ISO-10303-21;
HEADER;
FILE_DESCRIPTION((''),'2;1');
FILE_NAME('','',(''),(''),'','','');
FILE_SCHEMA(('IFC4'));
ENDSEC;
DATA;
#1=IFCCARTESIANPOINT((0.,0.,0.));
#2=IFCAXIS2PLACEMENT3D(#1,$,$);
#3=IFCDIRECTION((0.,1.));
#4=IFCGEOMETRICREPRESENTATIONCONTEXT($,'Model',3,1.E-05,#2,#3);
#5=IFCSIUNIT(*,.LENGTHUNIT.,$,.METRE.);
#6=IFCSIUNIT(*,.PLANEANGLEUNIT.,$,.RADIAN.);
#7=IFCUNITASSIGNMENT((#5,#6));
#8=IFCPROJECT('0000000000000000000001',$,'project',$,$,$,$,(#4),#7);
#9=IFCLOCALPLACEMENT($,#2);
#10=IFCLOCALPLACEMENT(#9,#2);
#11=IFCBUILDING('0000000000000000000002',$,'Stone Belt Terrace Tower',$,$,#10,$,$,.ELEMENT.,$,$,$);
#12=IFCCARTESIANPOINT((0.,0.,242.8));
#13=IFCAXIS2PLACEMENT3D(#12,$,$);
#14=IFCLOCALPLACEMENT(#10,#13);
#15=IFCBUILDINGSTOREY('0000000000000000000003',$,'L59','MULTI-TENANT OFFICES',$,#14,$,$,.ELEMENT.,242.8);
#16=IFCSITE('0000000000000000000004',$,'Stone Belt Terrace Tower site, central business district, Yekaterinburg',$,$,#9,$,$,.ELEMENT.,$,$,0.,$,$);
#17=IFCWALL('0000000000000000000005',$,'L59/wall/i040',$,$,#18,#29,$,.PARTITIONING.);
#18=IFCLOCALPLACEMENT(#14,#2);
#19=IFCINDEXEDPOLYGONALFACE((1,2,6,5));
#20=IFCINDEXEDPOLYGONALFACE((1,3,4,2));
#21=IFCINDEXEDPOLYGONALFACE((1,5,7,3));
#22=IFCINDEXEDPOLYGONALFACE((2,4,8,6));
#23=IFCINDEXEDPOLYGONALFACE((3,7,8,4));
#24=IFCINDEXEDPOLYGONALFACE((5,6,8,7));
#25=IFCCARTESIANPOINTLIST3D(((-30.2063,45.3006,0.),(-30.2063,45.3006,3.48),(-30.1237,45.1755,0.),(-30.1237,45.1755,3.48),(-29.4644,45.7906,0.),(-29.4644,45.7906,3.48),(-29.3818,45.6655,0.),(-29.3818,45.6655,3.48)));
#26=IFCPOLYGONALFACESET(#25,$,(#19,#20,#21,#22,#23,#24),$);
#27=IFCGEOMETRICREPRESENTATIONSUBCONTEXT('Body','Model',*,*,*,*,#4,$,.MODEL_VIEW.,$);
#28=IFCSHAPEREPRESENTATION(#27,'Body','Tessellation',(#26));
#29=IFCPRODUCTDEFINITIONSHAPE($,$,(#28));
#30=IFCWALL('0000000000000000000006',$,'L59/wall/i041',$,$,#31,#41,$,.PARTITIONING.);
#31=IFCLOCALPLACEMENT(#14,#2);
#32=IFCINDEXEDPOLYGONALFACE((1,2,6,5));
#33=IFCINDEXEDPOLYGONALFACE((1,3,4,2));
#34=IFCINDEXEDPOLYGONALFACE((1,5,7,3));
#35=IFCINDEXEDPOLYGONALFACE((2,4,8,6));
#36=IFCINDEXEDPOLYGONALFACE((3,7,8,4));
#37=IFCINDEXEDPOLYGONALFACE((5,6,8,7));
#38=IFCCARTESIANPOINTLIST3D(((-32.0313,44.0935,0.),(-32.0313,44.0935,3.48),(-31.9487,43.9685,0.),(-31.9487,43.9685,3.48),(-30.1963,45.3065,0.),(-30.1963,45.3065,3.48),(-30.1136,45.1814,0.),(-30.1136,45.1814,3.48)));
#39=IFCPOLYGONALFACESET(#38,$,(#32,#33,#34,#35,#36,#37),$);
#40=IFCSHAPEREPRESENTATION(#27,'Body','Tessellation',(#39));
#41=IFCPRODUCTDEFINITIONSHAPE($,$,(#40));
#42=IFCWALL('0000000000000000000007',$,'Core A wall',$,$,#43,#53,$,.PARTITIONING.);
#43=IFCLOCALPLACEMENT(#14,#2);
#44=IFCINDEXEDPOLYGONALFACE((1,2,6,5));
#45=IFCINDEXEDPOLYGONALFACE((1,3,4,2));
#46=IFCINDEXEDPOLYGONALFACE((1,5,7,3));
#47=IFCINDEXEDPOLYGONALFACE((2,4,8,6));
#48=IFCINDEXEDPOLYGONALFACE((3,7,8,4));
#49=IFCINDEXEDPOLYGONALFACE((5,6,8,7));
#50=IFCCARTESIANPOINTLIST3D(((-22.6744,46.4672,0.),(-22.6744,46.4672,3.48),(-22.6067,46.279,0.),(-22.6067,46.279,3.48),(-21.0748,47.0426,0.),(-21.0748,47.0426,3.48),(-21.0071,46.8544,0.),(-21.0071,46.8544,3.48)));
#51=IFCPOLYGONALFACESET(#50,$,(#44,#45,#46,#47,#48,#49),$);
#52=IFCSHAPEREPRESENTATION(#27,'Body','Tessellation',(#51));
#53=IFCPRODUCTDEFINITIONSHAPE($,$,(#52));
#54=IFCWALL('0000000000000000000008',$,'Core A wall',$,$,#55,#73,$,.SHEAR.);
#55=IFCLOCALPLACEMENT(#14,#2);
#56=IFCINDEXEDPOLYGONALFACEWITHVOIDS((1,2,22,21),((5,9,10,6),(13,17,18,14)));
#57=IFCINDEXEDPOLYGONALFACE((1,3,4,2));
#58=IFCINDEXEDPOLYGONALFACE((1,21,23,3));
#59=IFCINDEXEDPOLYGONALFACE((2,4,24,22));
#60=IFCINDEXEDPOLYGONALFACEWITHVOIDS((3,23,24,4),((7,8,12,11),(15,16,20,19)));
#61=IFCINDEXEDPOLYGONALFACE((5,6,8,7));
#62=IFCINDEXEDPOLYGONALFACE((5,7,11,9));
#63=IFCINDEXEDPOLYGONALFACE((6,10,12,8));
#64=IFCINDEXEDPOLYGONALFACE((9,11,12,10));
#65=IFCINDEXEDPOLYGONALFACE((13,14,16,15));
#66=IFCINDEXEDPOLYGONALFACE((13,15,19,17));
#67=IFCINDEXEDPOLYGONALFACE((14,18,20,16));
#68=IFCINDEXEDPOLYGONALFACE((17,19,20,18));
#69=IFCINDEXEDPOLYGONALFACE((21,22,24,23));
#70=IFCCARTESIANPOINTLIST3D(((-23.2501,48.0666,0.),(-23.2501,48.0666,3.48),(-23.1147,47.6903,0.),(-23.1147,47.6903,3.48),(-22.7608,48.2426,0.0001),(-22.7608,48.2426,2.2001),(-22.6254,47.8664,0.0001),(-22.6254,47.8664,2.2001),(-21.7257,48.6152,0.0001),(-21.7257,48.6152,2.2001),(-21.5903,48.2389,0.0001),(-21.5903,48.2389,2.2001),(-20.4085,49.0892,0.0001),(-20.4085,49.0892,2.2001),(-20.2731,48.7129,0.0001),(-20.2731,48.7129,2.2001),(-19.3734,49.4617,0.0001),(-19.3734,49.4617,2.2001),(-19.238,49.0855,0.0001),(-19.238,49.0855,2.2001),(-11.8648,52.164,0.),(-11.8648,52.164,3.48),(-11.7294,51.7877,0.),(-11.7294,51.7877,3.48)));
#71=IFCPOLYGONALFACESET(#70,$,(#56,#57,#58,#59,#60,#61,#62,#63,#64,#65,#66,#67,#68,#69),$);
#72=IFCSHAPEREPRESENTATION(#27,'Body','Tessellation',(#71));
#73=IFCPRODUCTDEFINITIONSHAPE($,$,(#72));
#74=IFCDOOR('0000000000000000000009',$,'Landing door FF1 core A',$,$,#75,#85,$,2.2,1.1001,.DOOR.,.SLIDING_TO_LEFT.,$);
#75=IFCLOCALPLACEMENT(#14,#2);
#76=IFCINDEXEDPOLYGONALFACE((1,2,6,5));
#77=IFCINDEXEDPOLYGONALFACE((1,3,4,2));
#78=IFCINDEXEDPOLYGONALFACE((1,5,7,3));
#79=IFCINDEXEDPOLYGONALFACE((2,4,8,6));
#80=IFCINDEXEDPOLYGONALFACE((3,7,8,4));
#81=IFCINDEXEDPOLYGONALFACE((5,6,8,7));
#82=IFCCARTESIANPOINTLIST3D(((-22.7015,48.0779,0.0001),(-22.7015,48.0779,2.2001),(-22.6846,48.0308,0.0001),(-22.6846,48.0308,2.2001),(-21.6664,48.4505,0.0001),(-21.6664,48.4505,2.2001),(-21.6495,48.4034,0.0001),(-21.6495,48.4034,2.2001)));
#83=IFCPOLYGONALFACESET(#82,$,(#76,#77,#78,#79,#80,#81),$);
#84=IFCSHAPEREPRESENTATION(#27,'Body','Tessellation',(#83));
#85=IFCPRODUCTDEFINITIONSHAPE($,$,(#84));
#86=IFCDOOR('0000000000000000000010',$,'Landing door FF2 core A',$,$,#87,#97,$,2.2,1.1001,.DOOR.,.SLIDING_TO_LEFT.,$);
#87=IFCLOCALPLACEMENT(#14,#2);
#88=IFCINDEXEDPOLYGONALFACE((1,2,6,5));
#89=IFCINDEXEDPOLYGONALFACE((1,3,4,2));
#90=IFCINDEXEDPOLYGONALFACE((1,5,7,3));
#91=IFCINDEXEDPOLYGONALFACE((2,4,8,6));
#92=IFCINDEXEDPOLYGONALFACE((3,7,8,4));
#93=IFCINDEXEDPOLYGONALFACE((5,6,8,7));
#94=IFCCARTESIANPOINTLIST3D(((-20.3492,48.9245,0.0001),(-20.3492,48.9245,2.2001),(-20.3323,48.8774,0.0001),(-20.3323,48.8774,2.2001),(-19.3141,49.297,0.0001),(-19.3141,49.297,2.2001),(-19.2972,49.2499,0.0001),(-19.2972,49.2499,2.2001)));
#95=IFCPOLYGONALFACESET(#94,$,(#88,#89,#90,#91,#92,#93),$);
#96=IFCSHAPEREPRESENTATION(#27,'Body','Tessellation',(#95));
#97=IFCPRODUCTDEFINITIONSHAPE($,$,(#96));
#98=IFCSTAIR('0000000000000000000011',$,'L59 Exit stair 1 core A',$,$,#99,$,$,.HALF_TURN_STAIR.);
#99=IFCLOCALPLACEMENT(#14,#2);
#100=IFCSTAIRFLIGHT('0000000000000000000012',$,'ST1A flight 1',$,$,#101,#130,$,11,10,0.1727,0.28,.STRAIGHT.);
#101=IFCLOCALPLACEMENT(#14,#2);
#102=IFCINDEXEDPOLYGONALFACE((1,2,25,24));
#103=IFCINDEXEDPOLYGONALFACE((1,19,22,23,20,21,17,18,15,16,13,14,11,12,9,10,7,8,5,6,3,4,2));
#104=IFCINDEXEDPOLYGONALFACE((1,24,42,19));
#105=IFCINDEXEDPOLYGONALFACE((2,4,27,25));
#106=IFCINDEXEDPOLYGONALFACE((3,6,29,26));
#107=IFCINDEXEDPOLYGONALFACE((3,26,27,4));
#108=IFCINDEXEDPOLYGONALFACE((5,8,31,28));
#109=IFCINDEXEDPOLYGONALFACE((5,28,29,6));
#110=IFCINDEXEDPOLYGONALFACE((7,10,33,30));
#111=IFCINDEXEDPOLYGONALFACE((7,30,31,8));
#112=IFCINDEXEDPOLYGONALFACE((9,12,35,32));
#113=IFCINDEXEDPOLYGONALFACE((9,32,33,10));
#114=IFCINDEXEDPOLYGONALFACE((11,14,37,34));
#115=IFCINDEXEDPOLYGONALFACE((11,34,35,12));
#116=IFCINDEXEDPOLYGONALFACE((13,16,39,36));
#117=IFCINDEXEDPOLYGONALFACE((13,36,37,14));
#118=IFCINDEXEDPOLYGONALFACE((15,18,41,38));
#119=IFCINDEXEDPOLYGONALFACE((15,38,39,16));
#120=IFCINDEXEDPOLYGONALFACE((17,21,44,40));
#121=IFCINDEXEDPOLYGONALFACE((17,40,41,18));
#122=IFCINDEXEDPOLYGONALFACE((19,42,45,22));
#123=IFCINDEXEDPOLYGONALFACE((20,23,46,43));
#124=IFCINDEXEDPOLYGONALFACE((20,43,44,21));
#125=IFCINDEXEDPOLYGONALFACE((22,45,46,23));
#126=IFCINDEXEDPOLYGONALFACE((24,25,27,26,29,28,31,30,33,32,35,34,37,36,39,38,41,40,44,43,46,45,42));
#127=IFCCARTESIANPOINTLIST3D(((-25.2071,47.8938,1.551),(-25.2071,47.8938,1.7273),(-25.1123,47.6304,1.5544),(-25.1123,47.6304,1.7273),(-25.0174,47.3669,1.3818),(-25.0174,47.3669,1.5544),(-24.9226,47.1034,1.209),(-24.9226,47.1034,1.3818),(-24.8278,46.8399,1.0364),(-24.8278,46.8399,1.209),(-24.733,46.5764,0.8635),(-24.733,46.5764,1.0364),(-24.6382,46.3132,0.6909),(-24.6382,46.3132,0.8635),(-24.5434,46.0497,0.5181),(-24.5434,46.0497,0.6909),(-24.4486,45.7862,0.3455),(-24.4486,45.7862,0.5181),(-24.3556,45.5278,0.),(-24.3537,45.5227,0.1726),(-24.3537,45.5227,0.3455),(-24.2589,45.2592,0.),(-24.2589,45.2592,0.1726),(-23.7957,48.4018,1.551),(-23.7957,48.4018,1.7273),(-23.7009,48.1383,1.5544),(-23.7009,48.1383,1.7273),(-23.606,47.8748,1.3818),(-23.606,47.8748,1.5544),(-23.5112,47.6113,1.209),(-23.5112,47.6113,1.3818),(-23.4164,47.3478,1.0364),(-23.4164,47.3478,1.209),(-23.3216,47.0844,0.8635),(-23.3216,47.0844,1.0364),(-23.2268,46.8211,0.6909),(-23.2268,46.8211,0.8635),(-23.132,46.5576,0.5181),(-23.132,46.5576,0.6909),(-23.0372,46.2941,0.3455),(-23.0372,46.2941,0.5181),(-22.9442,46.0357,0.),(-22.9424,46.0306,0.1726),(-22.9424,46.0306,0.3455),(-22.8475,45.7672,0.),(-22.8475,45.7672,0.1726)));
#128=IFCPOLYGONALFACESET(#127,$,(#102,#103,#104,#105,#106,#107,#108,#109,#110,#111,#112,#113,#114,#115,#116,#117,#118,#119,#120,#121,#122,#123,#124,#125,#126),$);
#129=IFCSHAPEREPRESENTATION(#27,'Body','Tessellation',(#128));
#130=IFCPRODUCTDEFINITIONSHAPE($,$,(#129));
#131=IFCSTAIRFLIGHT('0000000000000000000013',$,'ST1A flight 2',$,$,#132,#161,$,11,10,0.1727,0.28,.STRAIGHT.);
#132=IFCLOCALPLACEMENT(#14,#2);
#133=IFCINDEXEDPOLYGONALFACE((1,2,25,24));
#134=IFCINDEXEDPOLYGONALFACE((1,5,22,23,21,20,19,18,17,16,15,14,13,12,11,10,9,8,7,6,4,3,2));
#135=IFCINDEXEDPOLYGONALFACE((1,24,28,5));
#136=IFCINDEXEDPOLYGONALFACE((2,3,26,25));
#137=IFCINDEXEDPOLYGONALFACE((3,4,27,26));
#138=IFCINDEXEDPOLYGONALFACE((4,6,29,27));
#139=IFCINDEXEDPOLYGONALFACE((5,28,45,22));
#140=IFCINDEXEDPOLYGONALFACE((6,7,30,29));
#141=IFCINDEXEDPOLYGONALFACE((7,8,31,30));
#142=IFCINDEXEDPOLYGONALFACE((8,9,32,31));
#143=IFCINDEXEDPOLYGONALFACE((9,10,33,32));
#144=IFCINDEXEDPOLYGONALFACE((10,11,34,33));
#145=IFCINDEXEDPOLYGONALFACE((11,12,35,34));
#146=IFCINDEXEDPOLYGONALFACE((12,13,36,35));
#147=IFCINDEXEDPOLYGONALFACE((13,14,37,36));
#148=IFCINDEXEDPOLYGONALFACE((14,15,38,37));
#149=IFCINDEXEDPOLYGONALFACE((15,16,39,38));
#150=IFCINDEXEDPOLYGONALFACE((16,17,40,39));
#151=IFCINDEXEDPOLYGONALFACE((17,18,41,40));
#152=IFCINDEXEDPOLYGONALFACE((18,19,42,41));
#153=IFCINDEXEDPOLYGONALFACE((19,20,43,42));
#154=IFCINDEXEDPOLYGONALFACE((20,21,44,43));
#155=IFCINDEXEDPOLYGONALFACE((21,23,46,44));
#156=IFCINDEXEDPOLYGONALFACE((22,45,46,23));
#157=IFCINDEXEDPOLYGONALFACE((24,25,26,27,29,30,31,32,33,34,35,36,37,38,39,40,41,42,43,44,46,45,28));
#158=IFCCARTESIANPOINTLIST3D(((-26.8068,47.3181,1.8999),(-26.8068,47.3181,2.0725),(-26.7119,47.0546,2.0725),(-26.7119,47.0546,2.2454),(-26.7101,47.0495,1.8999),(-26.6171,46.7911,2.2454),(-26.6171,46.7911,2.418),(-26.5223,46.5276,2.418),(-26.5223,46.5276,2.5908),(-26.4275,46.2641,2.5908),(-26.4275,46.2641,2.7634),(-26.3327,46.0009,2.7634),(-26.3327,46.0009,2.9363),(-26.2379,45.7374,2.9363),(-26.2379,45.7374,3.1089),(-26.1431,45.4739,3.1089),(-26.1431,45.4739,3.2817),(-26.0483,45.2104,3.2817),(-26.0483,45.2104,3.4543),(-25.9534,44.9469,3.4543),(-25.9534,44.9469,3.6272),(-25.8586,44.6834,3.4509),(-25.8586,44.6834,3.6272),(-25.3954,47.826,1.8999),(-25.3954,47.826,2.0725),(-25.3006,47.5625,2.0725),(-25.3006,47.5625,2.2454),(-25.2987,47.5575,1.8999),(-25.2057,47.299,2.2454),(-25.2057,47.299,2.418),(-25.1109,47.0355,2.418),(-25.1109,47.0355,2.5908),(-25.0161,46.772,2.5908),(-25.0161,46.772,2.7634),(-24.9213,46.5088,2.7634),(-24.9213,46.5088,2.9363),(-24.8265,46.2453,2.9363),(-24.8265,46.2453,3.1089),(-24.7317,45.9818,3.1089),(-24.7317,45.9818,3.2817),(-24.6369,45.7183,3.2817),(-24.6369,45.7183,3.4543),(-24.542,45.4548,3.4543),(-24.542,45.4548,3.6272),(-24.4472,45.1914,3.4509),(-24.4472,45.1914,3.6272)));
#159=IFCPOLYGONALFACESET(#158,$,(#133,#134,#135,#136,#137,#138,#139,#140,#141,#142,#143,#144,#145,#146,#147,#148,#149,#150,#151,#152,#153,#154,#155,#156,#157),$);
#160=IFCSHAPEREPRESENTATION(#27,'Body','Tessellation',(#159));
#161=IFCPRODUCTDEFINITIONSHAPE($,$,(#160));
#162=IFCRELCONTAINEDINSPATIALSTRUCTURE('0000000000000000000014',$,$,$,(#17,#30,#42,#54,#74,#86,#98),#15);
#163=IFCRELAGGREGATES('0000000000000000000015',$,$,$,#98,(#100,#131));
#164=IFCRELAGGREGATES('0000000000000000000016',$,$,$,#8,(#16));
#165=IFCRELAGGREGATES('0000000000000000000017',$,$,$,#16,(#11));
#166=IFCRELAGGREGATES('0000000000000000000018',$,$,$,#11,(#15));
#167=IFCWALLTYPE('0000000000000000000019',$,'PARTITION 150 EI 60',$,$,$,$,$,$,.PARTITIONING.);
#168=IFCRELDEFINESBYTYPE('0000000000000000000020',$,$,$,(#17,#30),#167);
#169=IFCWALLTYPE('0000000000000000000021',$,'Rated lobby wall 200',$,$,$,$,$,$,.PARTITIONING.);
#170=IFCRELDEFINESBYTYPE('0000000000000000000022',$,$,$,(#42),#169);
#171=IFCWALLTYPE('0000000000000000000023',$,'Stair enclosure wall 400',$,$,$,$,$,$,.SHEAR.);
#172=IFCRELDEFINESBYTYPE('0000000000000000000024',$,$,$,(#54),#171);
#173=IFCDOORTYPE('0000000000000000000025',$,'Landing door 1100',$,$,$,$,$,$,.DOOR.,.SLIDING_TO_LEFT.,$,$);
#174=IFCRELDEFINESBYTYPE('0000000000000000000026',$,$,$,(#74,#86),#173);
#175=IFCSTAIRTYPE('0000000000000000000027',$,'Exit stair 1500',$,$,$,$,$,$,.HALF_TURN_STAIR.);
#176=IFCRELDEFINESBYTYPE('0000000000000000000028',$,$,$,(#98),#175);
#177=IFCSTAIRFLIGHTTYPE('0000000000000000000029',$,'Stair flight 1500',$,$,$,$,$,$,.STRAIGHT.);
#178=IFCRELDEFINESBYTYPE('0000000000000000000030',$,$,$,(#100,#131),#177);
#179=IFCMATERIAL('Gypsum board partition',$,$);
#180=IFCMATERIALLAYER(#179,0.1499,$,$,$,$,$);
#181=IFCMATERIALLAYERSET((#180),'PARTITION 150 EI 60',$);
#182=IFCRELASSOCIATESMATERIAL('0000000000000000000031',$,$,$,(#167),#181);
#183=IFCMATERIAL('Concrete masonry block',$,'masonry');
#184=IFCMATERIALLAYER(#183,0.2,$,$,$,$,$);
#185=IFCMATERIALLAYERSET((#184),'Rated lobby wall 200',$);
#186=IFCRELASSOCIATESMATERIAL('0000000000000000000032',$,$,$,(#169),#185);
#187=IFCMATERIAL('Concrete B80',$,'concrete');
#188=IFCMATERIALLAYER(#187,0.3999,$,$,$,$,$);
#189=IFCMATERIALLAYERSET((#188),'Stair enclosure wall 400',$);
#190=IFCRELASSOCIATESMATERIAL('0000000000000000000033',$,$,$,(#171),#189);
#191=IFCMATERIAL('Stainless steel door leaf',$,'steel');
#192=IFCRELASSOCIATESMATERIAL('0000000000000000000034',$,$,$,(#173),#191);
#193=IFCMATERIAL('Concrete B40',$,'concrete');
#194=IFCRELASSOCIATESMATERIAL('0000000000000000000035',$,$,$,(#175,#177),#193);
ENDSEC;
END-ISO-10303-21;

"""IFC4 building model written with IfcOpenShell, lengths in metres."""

from ifc_helpers import new_model, si_unit, direction, frame, frame_2d, origin, place, context, subcontext, project, spatial, polyline, rectangle, outline, extrude, material, layer, layer_set, type_object, element, fill, aggregate, save


model = new_model("IFC4")

# Units and contexts
model_context = context("Model", 3, precision=1e-05, world=origin(), true_north=direction((0.0, 1.0)))
body_context = subcontext(model_context, "Body", "Model", "MODEL_VIEW")
ifc_project = project(units=[si_unit("LENGTHUNIT", "METRE"), si_unit("PLANEANGLEUNIT", "RADIAN")], contexts=[model_context])

# Site, building, storey
site_placement = place(None, origin())
site = spatial("IfcSite", under=ifc_project, at=site_placement, Name="Stone Belt Terrace Tower site, central business district, Yekaterinburg", CompositionType="ELEMENT", RefElevation=0.0)
building_placement = place(site_placement, origin())
building = spatial("IfcBuilding", under=site, at=building_placement, Name="Stone Belt Terrace Tower", CompositionType="ELEMENT")
storey_placement = place(building_placement, frame((0.0, 0.0, 242.8)))
storey = spatial("IfcBuildingStorey", under=building, at=storey_placement, Name="L59", Description="MULTI-TENANT OFFICES", CompositionType="ELEMENT", Elevation=242.8)

# Shared definitions
ifc_material_1 = material(Name="Gypsum board partition")

# Shared definitions
ifc_layer_1 = layer(ifc_material_1, 0.1499)
ifc_layer_set_1 = layer_set([ifc_layer_1], Name="PARTITION 150 EI 60")
wall_type_1 = type_object("IfcWallType", Name="PARTITION 150 EI 60", PredefinedType="PARTITIONING", material=ifc_layer_set_1)

# Walls
wall_1_placement = place(storey_placement, frame((-30.165, 45.238, 0.0), z_axis=(0.0, 0.0, 1.0), x_axis=(0.83445, 0.551083, 0.0)))
element("IfcWall", 1, at=wall_1_placement, inside=storey, type_object=wall_type_1, Name="L59/wall/i040", PredefinedType="PARTITIONING", context=body_context, shape_type="SweptSolid", body=[
    extrude(rectangle(XDim=0.8892, YDim=0.1499, at=frame_2d((0.4446, 0.0))), origin(), (0.0, 0.0, 1.0), 3.48),
])
wall_2_placement = place(storey_placement, frame((-31.99, 44.031, 0.0), z_axis=(0.0, 0.0, 1.0), x_axis=(0.83423, 0.551417, 0.0)))
element("IfcWall", 2, at=wall_2_placement, inside=storey, type_object=wall_type_1, Name="L59/wall/i041", PredefinedType="PARTITIONING", context=body_context, shape_type="SweptSolid", body=[
    extrude(rectangle(XDim=2.1997, YDim=0.1499, at=frame_2d((1.0999, 0.0))), origin(), (0.0, 0.0, 1.0), 3.48),
])
ifc_material_2 = material(Name="Concrete masonry block", Category="masonry")
ifc_layer_2 = layer(ifc_material_2, 0.2)
ifc_layer_set_2 = layer_set([ifc_layer_2], Name="Rated lobby wall 200")
wall_type_2 = type_object("IfcWallType", Name="Rated lobby wall 200", PredefinedType="PARTITIONING", material=ifc_layer_set_2)
wall_3_placement = place(storey_placement, frame((-22.6406, 46.373, 0.0), z_axis=(0.0, 0.0, 1.0), x_axis=(0.940966, 0.338501, 0.0)))
element("IfcWall", 3, at=wall_3_placement, inside=storey, type_object=wall_type_2, Name="Core A wall", PredefinedType="PARTITIONING", context=body_context, shape_type="SweptSolid", body=[
    extrude(rectangle(XDim=1.7, YDim=0.2, at=frame_2d((0.8501, 0.0))), origin(), (0.0, 0.0, 1.0), 3.48),
])

# Wall, openings, doors
ifc_material_3 = material(Name="Concrete B80", Category="concrete")
ifc_layer_3 = layer(ifc_material_3, 0.3999)
ifc_layer_set_3 = layer_set([ifc_layer_3], Name="Stair enclosure wall 400")
wall_type_3 = type_object("IfcWallType", Name="Stair enclosure wall 400", PredefinedType="SHEAR", material=ifc_layer_set_3)
wall_4_placement = place(storey_placement, frame((-23.1824, 47.8784, 0.0), z_axis=(0.0, 0.0, 1.0), x_axis=(0.940921, 0.338626, 0.0)))
wall_4 = element("IfcWall", 4, at=wall_4_placement, inside=storey, type_object=wall_type_3, Name="Core A wall", PredefinedType="SHEAR", context=body_context, shape_type="SweptSolid", body=[
    extrude(rectangle(XDim=12.1001, YDim=0.3999, at=frame_2d((6.05, 0.0))), origin(), (0.0, 0.0, 1.0), 3.48),
])
opening_1_placement = place(wall_4_placement, frame((0.52, 0.0, 0.0)))
opening_1 = element("IfcOpeningElement", 5, at=opening_1_placement, cuts=wall_4, PredefinedType="OPENING", context=body_context, shape_type="SweptSolid", body=[
    extrude(rectangle(XDim=1.1001, YDim=2.2, at=frame_2d((0.55, 1.1001))), frame((0.0, 0.21, 0.0), z_axis=(0.0, -1.0, 0.0), x_axis=(1.0, 0.0, 0.0)), (0.0, 0.0, 1.0), 0.4199),
])
opening_2_placement = place(wall_4_placement, frame((3.02, 0.0, 0.0)))
opening_2 = element("IfcOpeningElement", 6, at=opening_2_placement, cuts=wall_4, PredefinedType="OPENING", context=body_context, shape_type="SweptSolid", body=[
    extrude(rectangle(XDim=1.1001, YDim=2.2, at=frame_2d((0.55, 1.1001))), frame((0.0, 0.21, 0.0), z_axis=(0.0, -1.0, 0.0), x_axis=(1.0, 0.0, 0.0)), (0.0, 0.0, 1.0), 0.4199),
])
ifc_material_4 = material(Name="Stainless steel door leaf", Category="steel")
door_type_1 = type_object("IfcDoorType", Name="Landing door 1100", OperationType="SLIDING_TO_LEFT", PredefinedType="DOOR", material=ifc_material_4)
door_1_placement = place(opening_1_placement, origin())
door_1 = element("IfcDoor", 7, at=door_1_placement, inside=storey, type_object=door_type_1, Name="Landing door FF1 core A", OperationType="SLIDING_TO_LEFT", OverallHeight=2.2, OverallWidth=1.1001, PredefinedType="DOOR", context=body_context, shape_type="SweptSolid", body=[
    extrude(rectangle(XDim=1.1001, YDim=2.2, at=frame_2d((0.55, 1.1001))), frame((0.0, 0.0249, 0.0), z_axis=(0.0, -1.0, 0.0), x_axis=(1.0, 0.0, 0.0)), (0.0, 0.0, 1.0), 0.05),
])
fill(opening_1, door_1)
door_2_placement = place(opening_2_placement, origin())
door_2 = element("IfcDoor", 8, at=door_2_placement, inside=storey, type_object=door_type_1, Name="Landing door FF2 core A", OperationType="SLIDING_TO_LEFT", OverallHeight=2.2, OverallWidth=1.1001, PredefinedType="DOOR", context=body_context, shape_type="SweptSolid", body=[
    extrude(rectangle(XDim=1.1001, YDim=2.2, at=frame_2d((0.55, 1.1001))), frame((0.0, 0.0249, 0.0), z_axis=(0.0, -1.0, 0.0), x_axis=(1.0, 0.0, 0.0)), (0.0, 0.0, 1.0), 0.05),
])
fill(opening_2, door_2)

# Stair, stair flights
ifc_material_5 = material(Name="Concrete B40", Category="concrete")
stair_type = type_object("IfcStairType", Name="Exit stair 1500", PredefinedType="HALF_TURN_STAIR", material=ifc_material_5)
stair_placement = place(storey_placement, origin())
stair = element("IfcStair", 9, at=stair_placement, inside=storey, type_object=stair_type, Name="L59 Exit stair 1 core A", PredefinedType="HALF_TURN_STAIR")
stair_flight_type = type_object("IfcStairFlightType", Name="Stair flight 1500", PredefinedType="STRAIGHT", material=ifc_material_5)
stair_flight_1_placement = place(storey_placement, frame((-23.5532, 45.5132, 0.0), z_axis=(0.0, 0.0, 1.0), x_axis=(-0.338624, 0.940922, 0.0)))
stair_flight_1 = element("IfcStairFlight", 10, at=stair_flight_1_placement, type_object=stair_flight_type, Name="ST1A flight 1", NumberOfRisers=11, NumberOfTreads=10, PredefinedType="STRAIGHT", RiserHeight=0.1727, TreadLength=0.28, context=body_context, shape_type="SweptSolid", body=[
    extrude(outline(polyline([(0.0, 0.0), (0.0, 0.1726), (0.28, 0.1726), (0.28, 0.3455), (0.5601, 0.3455), (0.5601, 0.5181), (0.8401, 0.5181), (0.8401, 0.6909), (1.1201, 0.6909), (1.1201, 0.8635), (1.3999, 0.8635), (1.3999, 1.0364), (1.6799, 1.0364), (1.6799, 1.209), (1.96, 1.209), (1.96, 1.3818), (2.24, 1.3818), (2.24, 1.5544), (2.52, 1.5544), (2.52, 1.7273), (2.8, 1.7273), (2.8, 1.8999), (2.8, 1.551), (0.2854, 0.0), (0.0, 0.0)])), frame((0.0, 0.75, 0.0), z_axis=(0.0, -1.0, 0.0), x_axis=(1.0, 0.0, 0.0)), (0.0, 0.0, 1.0), 1.5),
])
stair_flight_2_placement = place(storey_placement, frame((-26.1011, 47.572, 1.8999), z_axis=(0.0, 0.0, 1.0), x_axis=(0.338624, -0.940922, 0.0)))
stair_flight_2 = element("IfcStairFlight", 11, at=stair_flight_2_placement, type_object=stair_flight_type, Name="ST1A flight 2", NumberOfRisers=11, NumberOfTreads=10, PredefinedType="STRAIGHT", RiserHeight=0.1727, TreadLength=0.28, context=body_context, shape_type="SweptSolid", body=[
    extrude(outline(polyline([(0.0, 0.0), (0.0, 0.1726), (0.28, 0.1726), (0.28, 0.3455), (0.5601, 0.3455), (0.5601, 0.5181), (0.8401, 0.5181), (0.8401, 0.6909), (1.1201, 0.6909), (1.1201, 0.8635), (1.3999, 0.8635), (1.3999, 1.0364), (1.6799, 1.0364), (1.6799, 1.209), (1.96, 1.209), (1.96, 1.3818), (2.24, 1.3818), (2.24, 1.5544), (2.52, 1.5544), (2.52, 1.7273), (2.8, 1.7273), (2.8, 1.8999), (2.8, 1.551), (0.2854, 0.0), (0.0, 0.0)])), frame((0.0, 0.75, 0.0), z_axis=(0.0, -1.0, 0.0), x_axis=(1.0, 0.0, 0.0)), (0.0, 0.0, 1.0), 1.5),
])
aggregate(stair, [stair_flight_1, stair_flight_2])

save(model, "model.ifc")
